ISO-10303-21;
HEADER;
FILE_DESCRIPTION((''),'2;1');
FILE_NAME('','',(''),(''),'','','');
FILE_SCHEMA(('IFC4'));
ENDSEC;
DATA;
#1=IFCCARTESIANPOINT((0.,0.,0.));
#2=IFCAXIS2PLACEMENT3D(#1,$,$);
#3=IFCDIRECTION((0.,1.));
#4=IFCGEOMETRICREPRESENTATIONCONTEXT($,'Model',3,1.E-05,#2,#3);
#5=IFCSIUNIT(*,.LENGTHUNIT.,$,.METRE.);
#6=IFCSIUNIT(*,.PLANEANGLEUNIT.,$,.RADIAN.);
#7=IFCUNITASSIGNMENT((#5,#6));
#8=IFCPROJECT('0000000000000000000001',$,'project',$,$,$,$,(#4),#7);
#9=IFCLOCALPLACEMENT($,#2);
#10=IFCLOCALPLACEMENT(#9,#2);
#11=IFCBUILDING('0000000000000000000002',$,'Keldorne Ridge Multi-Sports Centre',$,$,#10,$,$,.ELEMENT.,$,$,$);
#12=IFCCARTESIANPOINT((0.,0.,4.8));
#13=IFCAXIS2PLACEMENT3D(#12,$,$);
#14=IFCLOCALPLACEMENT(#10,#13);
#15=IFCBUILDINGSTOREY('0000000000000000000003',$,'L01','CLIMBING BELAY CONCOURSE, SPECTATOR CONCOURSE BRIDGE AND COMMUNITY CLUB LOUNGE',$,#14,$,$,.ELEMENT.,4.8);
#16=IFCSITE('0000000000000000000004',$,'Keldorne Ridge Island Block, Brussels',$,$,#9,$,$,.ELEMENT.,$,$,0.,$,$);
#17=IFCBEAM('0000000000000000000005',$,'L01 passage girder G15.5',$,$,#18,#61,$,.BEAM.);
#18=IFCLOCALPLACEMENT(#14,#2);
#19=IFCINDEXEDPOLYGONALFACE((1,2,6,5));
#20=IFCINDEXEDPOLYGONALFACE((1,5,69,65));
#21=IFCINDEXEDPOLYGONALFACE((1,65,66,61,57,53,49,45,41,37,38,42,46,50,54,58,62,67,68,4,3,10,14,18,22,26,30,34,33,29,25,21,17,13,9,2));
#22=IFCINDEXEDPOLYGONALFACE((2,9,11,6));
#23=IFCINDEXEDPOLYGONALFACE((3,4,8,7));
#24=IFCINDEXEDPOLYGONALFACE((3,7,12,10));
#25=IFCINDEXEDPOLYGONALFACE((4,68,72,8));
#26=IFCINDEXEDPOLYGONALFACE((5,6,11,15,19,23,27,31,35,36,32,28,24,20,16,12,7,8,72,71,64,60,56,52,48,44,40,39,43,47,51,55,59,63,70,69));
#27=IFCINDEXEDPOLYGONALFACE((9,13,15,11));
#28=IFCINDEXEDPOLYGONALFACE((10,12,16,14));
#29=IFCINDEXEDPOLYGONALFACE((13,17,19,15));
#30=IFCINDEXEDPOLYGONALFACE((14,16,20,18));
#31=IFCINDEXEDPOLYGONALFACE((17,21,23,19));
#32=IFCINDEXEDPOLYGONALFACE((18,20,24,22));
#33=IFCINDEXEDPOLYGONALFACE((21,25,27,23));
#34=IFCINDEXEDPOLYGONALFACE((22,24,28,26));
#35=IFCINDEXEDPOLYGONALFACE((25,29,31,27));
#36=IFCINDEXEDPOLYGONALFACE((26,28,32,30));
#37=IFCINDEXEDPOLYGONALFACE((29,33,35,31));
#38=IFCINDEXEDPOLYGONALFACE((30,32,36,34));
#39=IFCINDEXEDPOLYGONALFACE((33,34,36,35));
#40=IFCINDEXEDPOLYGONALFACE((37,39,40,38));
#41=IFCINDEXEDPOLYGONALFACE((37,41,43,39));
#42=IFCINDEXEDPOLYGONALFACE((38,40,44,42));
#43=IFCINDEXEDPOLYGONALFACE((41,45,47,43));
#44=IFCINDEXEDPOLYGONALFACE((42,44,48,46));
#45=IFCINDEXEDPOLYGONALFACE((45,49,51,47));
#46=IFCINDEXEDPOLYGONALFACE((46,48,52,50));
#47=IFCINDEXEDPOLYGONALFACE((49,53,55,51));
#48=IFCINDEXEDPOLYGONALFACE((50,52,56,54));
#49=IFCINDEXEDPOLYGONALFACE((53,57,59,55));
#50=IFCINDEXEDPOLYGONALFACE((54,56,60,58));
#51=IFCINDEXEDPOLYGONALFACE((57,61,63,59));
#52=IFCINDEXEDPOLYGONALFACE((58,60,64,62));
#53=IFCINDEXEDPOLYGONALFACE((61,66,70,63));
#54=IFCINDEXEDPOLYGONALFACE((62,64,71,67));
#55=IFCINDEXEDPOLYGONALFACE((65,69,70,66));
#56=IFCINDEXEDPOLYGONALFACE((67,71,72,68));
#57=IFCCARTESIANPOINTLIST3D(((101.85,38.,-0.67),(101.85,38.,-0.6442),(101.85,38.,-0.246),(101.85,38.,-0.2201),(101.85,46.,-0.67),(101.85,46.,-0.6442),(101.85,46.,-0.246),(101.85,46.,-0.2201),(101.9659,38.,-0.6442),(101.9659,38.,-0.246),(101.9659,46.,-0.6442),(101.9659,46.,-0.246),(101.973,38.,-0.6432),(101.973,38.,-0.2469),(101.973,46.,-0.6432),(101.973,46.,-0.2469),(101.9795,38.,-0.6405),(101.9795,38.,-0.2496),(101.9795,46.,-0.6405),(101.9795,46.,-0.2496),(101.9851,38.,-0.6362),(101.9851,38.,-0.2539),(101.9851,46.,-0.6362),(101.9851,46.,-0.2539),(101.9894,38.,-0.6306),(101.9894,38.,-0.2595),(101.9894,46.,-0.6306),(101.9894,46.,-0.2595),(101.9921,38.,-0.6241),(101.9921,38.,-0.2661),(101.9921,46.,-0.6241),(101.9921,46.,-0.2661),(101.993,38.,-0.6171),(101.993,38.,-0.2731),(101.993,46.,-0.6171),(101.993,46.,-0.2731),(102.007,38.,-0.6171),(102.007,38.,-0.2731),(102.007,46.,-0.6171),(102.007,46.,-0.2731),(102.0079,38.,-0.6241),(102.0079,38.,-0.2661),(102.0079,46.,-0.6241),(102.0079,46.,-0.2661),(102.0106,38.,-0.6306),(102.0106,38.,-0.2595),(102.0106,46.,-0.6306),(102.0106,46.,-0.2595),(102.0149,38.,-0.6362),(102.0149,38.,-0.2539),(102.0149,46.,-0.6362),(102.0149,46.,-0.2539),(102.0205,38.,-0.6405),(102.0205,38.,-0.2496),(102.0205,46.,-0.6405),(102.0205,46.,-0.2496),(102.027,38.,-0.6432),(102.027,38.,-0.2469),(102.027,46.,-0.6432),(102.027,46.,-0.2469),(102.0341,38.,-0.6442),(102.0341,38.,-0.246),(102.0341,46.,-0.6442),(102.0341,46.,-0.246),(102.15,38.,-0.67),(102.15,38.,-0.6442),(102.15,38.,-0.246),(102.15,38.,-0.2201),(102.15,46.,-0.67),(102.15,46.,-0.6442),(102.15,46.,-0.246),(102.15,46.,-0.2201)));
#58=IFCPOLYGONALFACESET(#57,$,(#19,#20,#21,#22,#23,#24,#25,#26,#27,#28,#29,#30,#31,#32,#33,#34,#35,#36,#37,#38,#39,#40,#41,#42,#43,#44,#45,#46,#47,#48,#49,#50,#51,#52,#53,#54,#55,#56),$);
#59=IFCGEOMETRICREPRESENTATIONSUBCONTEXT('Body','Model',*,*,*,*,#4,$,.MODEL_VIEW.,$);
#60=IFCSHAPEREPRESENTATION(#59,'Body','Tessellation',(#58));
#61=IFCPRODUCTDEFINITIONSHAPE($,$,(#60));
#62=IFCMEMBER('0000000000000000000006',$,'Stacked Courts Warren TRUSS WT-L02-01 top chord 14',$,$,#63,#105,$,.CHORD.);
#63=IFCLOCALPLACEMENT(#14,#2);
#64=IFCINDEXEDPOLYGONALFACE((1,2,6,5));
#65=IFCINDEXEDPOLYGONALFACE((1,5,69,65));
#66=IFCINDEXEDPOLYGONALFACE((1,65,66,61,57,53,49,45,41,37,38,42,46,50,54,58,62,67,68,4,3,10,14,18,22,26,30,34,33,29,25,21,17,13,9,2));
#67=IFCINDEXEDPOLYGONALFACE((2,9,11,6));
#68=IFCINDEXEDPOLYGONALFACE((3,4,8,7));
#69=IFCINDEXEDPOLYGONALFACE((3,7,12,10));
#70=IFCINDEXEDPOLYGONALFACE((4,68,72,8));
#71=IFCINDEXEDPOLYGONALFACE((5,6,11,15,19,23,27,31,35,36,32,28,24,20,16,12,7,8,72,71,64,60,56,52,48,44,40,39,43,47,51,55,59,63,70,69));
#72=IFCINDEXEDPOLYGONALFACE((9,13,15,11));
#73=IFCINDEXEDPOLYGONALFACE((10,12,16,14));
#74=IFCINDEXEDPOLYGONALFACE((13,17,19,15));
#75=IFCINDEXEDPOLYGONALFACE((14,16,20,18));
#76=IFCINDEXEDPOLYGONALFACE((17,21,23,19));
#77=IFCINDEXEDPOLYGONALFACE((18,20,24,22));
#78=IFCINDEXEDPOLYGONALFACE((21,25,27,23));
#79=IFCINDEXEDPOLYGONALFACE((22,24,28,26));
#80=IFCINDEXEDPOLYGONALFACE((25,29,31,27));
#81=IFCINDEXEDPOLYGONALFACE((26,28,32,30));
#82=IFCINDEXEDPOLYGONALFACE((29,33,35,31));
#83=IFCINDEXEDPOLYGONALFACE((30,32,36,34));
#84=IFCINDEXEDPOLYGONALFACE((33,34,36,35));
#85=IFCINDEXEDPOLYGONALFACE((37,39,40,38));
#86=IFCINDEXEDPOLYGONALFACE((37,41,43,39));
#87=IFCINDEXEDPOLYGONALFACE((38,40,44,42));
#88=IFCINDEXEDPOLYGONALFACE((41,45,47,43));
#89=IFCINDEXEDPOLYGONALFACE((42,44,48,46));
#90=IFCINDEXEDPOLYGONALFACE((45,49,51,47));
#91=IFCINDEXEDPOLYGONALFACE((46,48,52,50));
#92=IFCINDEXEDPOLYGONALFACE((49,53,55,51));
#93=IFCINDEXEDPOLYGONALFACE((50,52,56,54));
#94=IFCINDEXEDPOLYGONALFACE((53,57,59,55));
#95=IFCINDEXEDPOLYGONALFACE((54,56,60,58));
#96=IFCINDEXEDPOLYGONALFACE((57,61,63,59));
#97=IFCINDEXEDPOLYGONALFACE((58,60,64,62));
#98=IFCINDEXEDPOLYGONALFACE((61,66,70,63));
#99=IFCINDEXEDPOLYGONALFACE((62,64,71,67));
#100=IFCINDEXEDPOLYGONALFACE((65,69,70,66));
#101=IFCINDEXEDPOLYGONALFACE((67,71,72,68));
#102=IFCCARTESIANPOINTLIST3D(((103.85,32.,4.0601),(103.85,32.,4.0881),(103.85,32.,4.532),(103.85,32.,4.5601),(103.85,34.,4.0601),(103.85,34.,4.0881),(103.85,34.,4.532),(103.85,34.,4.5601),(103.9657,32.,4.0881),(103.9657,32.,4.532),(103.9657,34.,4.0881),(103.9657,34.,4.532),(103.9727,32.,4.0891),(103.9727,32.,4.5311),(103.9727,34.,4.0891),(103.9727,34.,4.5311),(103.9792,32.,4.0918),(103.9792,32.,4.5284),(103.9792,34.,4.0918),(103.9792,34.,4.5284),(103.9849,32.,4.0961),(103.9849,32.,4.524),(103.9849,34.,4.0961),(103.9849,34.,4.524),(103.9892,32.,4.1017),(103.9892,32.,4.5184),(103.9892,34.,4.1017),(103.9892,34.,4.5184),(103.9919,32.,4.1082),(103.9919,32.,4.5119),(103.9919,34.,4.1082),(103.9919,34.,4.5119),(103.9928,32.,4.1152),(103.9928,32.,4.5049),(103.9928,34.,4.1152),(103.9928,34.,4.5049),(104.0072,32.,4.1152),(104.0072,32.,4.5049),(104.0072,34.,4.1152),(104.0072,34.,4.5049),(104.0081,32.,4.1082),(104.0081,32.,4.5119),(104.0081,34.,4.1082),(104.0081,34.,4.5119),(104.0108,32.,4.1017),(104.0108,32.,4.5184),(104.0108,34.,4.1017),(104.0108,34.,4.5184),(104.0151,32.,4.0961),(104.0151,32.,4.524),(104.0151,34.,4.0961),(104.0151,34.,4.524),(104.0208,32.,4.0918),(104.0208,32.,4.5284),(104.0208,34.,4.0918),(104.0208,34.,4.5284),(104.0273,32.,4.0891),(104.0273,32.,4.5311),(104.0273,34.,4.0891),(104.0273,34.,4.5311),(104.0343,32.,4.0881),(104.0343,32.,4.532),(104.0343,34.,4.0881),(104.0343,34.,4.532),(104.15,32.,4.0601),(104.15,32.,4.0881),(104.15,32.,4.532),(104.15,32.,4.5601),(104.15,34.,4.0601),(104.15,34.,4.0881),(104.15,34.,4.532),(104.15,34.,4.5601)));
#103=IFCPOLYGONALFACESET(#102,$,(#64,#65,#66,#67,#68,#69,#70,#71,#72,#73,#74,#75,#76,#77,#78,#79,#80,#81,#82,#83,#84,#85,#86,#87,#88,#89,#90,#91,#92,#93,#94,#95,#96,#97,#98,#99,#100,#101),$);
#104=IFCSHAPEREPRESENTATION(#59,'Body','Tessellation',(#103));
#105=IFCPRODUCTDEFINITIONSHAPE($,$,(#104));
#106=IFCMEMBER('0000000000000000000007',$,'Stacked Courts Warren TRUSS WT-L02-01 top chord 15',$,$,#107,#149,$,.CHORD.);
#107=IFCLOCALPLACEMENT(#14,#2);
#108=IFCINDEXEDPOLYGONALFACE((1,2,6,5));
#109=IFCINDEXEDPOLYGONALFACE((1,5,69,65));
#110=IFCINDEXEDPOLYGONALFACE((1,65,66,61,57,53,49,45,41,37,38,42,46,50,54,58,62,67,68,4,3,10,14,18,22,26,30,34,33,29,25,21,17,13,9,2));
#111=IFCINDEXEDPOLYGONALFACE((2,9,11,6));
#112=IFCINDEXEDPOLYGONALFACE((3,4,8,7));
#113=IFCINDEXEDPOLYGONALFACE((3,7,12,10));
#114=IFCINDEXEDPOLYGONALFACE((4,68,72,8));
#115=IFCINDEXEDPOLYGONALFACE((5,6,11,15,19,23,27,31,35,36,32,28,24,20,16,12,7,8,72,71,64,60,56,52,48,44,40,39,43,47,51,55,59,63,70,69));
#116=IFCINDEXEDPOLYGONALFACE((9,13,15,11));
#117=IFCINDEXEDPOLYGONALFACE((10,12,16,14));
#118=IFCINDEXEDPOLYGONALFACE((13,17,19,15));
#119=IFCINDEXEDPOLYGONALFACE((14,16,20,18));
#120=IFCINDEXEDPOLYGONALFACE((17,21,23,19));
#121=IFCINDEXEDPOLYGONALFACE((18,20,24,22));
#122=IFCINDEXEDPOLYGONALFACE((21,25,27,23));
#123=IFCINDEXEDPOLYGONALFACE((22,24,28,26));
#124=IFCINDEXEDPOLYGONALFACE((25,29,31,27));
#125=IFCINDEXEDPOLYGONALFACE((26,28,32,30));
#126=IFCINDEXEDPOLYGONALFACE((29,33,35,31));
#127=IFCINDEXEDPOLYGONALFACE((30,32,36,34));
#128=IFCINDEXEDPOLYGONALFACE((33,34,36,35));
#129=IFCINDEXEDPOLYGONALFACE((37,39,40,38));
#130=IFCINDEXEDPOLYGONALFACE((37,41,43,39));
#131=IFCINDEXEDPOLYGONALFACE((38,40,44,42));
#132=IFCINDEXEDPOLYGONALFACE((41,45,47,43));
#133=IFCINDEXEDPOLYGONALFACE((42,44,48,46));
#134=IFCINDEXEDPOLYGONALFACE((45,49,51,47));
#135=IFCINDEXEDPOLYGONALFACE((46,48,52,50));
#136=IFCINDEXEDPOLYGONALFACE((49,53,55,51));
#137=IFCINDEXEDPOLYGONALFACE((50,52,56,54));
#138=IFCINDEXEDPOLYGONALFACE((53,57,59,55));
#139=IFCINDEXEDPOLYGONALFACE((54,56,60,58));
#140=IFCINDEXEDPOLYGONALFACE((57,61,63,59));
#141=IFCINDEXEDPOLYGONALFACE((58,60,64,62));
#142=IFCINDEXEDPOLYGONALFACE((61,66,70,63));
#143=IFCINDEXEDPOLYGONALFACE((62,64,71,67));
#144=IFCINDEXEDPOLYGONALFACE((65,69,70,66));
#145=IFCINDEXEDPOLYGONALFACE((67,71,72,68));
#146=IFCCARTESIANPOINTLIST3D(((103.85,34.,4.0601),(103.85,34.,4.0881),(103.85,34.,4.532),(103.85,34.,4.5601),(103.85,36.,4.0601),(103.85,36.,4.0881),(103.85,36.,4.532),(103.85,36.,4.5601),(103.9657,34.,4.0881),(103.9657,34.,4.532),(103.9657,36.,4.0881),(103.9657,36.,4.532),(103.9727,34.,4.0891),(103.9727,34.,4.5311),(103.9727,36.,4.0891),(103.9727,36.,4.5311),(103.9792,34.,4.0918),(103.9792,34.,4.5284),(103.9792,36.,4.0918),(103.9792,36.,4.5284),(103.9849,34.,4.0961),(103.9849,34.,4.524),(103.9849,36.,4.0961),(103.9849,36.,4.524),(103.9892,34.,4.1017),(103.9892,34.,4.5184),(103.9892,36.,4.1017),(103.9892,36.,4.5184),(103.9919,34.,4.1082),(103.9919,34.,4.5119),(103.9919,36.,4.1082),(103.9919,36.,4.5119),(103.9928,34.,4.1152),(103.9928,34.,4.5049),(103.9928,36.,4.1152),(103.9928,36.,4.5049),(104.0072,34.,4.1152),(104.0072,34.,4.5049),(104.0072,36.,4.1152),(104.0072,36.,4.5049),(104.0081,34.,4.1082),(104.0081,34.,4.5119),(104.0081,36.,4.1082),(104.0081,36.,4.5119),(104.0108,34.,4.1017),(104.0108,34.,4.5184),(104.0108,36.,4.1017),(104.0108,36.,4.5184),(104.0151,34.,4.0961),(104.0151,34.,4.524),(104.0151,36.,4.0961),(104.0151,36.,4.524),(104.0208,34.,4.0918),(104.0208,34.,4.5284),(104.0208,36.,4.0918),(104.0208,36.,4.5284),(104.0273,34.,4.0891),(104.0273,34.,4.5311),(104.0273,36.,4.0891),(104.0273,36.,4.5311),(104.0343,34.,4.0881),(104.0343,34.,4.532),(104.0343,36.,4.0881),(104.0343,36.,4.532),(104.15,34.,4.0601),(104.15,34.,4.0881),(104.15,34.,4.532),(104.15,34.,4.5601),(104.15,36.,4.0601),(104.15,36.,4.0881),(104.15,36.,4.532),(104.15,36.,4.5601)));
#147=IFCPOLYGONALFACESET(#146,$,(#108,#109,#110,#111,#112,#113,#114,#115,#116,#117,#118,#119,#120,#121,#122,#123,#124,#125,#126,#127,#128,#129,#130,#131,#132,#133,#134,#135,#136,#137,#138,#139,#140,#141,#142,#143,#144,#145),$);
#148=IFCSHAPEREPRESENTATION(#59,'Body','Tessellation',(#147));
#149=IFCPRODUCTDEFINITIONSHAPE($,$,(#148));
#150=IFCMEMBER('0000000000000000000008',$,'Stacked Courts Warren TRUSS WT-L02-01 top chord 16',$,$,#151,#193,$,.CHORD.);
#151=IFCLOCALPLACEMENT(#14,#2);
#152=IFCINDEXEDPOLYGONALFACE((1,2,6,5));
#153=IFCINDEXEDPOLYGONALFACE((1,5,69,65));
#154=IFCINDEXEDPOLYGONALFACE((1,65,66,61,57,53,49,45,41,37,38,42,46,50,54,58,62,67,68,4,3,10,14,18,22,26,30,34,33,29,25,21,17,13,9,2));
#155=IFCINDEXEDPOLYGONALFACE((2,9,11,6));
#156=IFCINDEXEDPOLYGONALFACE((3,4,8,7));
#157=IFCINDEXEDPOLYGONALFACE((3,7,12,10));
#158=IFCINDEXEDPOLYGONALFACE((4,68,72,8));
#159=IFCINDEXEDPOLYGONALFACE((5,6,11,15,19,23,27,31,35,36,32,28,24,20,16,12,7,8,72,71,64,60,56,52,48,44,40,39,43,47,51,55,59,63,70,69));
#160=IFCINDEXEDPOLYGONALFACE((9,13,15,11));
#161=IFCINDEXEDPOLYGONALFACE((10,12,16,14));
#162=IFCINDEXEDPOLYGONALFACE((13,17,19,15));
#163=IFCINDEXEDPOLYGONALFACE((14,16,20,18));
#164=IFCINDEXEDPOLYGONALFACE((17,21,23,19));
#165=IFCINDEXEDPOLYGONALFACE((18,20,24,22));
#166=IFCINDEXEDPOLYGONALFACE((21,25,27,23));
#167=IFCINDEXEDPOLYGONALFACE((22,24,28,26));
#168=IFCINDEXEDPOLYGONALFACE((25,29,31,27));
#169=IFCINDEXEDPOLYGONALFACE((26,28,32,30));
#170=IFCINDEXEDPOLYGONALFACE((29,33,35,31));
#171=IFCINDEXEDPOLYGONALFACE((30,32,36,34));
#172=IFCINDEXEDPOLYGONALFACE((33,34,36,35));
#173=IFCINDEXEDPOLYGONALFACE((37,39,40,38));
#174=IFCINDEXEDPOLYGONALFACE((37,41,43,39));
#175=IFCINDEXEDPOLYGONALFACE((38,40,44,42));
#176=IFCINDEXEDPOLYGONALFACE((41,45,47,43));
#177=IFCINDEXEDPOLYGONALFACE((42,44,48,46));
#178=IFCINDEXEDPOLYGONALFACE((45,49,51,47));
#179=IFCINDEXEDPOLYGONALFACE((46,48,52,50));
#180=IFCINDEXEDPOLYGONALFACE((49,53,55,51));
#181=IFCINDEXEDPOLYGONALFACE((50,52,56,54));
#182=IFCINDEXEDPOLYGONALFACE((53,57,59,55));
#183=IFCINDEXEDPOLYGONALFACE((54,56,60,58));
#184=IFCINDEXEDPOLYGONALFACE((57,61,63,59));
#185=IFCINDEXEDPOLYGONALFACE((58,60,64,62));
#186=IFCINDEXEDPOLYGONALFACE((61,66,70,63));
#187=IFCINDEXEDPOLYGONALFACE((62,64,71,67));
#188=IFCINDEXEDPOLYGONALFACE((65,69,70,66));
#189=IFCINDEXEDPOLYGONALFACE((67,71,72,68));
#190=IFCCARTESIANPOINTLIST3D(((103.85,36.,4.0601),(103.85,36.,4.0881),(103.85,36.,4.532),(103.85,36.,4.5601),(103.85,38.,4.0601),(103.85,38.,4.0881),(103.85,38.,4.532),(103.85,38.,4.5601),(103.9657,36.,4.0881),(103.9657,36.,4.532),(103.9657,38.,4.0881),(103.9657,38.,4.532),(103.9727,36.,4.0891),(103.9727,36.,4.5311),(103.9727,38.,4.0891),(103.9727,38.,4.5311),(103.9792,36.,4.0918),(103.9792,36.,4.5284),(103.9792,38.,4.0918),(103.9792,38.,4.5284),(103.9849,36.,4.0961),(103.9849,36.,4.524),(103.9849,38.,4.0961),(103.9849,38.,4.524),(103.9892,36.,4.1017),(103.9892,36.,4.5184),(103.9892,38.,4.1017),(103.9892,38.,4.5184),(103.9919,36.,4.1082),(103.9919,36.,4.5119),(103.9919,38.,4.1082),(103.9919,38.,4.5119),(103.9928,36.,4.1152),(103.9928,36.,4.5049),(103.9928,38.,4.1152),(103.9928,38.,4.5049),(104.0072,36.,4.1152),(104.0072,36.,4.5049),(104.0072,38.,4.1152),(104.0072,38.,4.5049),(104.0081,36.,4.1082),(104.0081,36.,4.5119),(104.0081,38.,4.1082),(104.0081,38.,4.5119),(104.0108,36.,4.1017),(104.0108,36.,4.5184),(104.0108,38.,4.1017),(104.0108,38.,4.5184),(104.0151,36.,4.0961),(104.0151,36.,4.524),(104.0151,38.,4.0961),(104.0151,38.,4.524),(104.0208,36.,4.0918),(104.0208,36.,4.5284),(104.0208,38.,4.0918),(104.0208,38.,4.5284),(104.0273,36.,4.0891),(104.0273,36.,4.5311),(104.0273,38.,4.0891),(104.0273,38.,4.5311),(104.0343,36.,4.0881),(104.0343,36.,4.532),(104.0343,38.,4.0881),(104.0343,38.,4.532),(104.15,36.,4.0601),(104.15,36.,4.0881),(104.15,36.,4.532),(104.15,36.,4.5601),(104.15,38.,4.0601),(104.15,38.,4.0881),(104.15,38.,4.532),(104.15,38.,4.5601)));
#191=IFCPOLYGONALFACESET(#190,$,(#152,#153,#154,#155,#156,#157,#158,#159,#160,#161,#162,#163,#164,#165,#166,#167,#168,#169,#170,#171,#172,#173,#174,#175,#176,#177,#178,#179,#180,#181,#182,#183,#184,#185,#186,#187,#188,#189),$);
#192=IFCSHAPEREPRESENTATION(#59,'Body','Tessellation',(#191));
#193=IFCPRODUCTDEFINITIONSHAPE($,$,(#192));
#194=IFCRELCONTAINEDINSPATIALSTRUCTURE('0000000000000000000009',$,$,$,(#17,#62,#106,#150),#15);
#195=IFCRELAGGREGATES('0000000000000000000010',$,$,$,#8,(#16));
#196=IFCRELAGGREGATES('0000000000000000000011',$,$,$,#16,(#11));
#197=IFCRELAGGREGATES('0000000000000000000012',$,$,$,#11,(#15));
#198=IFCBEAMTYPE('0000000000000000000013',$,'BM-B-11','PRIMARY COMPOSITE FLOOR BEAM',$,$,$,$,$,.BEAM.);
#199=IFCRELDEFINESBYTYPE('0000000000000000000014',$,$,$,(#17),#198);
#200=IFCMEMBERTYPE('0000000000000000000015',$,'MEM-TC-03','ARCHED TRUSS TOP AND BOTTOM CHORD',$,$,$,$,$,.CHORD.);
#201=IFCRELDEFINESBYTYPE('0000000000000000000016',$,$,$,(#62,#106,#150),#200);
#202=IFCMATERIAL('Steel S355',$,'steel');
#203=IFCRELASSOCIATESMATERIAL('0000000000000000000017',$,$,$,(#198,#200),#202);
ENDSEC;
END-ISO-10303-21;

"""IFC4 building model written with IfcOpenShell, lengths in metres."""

from ifc_helpers import new_model, si_unit, direction, frame, origin, origin_2d, place, context, subcontext, project, spatial, i_section, extrude, material, material_profile, profile_set, type_object, element, save


model = new_model("IFC4")

# Units and contexts
model_context = context("Model", 3, precision=1e-05, world=origin(), true_north=direction((0.0, 1.0)))
body_context = subcontext(model_context, "Body", "Model", "MODEL_VIEW")
ifc_project = project(units=[si_unit("LENGTHUNIT", "METRE"), si_unit("PLANEANGLEUNIT", "RADIAN")], contexts=[model_context])

# Site, building, storey
site_placement = place(None, origin())
site = spatial("IfcSite", under=ifc_project, at=site_placement, Name="Keldorne Ridge Island Block, Brussels", CompositionType="ELEMENT", RefElevation=0.0)
building_placement = place(site_placement, origin())
building = spatial("IfcBuilding", under=site, at=building_placement, Name="Keldorne Ridge Multi-Sports Centre", CompositionType="ELEMENT")
storey_placement = place(building_placement, frame((0.0, 0.0, 4.8)))
storey = spatial("IfcBuildingStorey", under=building, at=storey_placement, Name="L01", Description="CLIMBING BELAY CONCOURSE, SPECTATOR CONCOURSE BRIDGE AND COMMUNITY CLUB LOUNGE", CompositionType="ELEMENT", Elevation=4.8)

# Shared definitions
ifc_material = material(Name="Steel S355", Category="steel")

# Beam
ifc_material_profile_1 = material_profile(ifc_material, i_section(OverallWidth=0.3, OverallDepth=0.45, WebThickness=0.0139, FlangeThickness=0.0259, FilletRadius=0.0271, at=origin_2d()), Name="HEB 450")
ifc_profile_set_1 = profile_set([ifc_material_profile_1], Name="Steel S355")
beam_type_1 = type_object("IfcBeamType", Name="BM-B-11", Description="PRIMARY COMPOSITE FLOOR BEAM", PredefinedType="BEAM", material=ifc_profile_set_1)
for number, where, z_axis, x_axis, name in (
    (1, (102.0, 38.0, -0.4451), (0.0, 1.0, 0.0), (-1.0, 0.0, 0.0), "L01 passage girder G15.5"),
):
    element("IfcBeam", number, at=place(storey_placement, frame(where, z_axis=z_axis, x_axis=x_axis)), inside=storey, type_object=beam_type_1, Name=name, PredefinedType="BEAM", context=body_context, shape_type="SweptSolid", body=[
        extrude(i_section(OverallWidth=0.3, OverallDepth=0.45, WebThickness=0.0139, FlangeThickness=0.0259, FilletRadius=0.0271, at=origin_2d()), origin(), (0.0, 0.0, 1.0), 8.0),
    ])

# Members
ifc_material_profile_2 = material_profile(ifc_material, i_section(OverallWidth=0.3, OverallDepth=0.5, WebThickness=0.0144, FlangeThickness=0.0281, FilletRadius=0.0271, at=origin_2d()), Name="HEB 500")
ifc_profile_set_2 = profile_set([ifc_material_profile_2], Name="Steel S355")
member_type_1 = type_object("IfcMemberType", Name="MEM-TC-03", Description="ARCHED TRUSS TOP AND BOTTOM CHORD", PredefinedType="CHORD", material=ifc_profile_set_2)
for number, where, z_axis, x_axis, name in (
    (2, (104.0, 32.0, 4.3101), (0.0, 1.0, 0.0), (-1.0, 0.0, 0.0), "Stacked Courts Warren TRUSS WT-L02-01 top chord 14"),
    (3, (104.0, 34.0, 4.3101), (0.0, 1.0, 0.0), (-1.0, 0.0, 0.0), "Stacked Courts Warren TRUSS WT-L02-01 top chord 15"),
    (4, (104.0, 36.0, 4.3101), (0.0, 1.0, 0.0), (-1.0, 0.0, 0.0), "Stacked Courts Warren TRUSS WT-L02-01 top chord 16"),
):
    element("IfcMember", number, at=place(storey_placement, frame(where, z_axis=z_axis, x_axis=x_axis)), inside=storey, type_object=member_type_1, Name=name, PredefinedType="CHORD", context=body_context, shape_type="SweptSolid", body=[
        extrude(i_section(OverallWidth=0.3, OverallDepth=0.5, WebThickness=0.0144, FlangeThickness=0.0281, FilletRadius=0.0271, at=origin_2d()), origin(), (0.0, 0.0, 1.0), 2.0),
    ])

save(model, "model.ifc")
